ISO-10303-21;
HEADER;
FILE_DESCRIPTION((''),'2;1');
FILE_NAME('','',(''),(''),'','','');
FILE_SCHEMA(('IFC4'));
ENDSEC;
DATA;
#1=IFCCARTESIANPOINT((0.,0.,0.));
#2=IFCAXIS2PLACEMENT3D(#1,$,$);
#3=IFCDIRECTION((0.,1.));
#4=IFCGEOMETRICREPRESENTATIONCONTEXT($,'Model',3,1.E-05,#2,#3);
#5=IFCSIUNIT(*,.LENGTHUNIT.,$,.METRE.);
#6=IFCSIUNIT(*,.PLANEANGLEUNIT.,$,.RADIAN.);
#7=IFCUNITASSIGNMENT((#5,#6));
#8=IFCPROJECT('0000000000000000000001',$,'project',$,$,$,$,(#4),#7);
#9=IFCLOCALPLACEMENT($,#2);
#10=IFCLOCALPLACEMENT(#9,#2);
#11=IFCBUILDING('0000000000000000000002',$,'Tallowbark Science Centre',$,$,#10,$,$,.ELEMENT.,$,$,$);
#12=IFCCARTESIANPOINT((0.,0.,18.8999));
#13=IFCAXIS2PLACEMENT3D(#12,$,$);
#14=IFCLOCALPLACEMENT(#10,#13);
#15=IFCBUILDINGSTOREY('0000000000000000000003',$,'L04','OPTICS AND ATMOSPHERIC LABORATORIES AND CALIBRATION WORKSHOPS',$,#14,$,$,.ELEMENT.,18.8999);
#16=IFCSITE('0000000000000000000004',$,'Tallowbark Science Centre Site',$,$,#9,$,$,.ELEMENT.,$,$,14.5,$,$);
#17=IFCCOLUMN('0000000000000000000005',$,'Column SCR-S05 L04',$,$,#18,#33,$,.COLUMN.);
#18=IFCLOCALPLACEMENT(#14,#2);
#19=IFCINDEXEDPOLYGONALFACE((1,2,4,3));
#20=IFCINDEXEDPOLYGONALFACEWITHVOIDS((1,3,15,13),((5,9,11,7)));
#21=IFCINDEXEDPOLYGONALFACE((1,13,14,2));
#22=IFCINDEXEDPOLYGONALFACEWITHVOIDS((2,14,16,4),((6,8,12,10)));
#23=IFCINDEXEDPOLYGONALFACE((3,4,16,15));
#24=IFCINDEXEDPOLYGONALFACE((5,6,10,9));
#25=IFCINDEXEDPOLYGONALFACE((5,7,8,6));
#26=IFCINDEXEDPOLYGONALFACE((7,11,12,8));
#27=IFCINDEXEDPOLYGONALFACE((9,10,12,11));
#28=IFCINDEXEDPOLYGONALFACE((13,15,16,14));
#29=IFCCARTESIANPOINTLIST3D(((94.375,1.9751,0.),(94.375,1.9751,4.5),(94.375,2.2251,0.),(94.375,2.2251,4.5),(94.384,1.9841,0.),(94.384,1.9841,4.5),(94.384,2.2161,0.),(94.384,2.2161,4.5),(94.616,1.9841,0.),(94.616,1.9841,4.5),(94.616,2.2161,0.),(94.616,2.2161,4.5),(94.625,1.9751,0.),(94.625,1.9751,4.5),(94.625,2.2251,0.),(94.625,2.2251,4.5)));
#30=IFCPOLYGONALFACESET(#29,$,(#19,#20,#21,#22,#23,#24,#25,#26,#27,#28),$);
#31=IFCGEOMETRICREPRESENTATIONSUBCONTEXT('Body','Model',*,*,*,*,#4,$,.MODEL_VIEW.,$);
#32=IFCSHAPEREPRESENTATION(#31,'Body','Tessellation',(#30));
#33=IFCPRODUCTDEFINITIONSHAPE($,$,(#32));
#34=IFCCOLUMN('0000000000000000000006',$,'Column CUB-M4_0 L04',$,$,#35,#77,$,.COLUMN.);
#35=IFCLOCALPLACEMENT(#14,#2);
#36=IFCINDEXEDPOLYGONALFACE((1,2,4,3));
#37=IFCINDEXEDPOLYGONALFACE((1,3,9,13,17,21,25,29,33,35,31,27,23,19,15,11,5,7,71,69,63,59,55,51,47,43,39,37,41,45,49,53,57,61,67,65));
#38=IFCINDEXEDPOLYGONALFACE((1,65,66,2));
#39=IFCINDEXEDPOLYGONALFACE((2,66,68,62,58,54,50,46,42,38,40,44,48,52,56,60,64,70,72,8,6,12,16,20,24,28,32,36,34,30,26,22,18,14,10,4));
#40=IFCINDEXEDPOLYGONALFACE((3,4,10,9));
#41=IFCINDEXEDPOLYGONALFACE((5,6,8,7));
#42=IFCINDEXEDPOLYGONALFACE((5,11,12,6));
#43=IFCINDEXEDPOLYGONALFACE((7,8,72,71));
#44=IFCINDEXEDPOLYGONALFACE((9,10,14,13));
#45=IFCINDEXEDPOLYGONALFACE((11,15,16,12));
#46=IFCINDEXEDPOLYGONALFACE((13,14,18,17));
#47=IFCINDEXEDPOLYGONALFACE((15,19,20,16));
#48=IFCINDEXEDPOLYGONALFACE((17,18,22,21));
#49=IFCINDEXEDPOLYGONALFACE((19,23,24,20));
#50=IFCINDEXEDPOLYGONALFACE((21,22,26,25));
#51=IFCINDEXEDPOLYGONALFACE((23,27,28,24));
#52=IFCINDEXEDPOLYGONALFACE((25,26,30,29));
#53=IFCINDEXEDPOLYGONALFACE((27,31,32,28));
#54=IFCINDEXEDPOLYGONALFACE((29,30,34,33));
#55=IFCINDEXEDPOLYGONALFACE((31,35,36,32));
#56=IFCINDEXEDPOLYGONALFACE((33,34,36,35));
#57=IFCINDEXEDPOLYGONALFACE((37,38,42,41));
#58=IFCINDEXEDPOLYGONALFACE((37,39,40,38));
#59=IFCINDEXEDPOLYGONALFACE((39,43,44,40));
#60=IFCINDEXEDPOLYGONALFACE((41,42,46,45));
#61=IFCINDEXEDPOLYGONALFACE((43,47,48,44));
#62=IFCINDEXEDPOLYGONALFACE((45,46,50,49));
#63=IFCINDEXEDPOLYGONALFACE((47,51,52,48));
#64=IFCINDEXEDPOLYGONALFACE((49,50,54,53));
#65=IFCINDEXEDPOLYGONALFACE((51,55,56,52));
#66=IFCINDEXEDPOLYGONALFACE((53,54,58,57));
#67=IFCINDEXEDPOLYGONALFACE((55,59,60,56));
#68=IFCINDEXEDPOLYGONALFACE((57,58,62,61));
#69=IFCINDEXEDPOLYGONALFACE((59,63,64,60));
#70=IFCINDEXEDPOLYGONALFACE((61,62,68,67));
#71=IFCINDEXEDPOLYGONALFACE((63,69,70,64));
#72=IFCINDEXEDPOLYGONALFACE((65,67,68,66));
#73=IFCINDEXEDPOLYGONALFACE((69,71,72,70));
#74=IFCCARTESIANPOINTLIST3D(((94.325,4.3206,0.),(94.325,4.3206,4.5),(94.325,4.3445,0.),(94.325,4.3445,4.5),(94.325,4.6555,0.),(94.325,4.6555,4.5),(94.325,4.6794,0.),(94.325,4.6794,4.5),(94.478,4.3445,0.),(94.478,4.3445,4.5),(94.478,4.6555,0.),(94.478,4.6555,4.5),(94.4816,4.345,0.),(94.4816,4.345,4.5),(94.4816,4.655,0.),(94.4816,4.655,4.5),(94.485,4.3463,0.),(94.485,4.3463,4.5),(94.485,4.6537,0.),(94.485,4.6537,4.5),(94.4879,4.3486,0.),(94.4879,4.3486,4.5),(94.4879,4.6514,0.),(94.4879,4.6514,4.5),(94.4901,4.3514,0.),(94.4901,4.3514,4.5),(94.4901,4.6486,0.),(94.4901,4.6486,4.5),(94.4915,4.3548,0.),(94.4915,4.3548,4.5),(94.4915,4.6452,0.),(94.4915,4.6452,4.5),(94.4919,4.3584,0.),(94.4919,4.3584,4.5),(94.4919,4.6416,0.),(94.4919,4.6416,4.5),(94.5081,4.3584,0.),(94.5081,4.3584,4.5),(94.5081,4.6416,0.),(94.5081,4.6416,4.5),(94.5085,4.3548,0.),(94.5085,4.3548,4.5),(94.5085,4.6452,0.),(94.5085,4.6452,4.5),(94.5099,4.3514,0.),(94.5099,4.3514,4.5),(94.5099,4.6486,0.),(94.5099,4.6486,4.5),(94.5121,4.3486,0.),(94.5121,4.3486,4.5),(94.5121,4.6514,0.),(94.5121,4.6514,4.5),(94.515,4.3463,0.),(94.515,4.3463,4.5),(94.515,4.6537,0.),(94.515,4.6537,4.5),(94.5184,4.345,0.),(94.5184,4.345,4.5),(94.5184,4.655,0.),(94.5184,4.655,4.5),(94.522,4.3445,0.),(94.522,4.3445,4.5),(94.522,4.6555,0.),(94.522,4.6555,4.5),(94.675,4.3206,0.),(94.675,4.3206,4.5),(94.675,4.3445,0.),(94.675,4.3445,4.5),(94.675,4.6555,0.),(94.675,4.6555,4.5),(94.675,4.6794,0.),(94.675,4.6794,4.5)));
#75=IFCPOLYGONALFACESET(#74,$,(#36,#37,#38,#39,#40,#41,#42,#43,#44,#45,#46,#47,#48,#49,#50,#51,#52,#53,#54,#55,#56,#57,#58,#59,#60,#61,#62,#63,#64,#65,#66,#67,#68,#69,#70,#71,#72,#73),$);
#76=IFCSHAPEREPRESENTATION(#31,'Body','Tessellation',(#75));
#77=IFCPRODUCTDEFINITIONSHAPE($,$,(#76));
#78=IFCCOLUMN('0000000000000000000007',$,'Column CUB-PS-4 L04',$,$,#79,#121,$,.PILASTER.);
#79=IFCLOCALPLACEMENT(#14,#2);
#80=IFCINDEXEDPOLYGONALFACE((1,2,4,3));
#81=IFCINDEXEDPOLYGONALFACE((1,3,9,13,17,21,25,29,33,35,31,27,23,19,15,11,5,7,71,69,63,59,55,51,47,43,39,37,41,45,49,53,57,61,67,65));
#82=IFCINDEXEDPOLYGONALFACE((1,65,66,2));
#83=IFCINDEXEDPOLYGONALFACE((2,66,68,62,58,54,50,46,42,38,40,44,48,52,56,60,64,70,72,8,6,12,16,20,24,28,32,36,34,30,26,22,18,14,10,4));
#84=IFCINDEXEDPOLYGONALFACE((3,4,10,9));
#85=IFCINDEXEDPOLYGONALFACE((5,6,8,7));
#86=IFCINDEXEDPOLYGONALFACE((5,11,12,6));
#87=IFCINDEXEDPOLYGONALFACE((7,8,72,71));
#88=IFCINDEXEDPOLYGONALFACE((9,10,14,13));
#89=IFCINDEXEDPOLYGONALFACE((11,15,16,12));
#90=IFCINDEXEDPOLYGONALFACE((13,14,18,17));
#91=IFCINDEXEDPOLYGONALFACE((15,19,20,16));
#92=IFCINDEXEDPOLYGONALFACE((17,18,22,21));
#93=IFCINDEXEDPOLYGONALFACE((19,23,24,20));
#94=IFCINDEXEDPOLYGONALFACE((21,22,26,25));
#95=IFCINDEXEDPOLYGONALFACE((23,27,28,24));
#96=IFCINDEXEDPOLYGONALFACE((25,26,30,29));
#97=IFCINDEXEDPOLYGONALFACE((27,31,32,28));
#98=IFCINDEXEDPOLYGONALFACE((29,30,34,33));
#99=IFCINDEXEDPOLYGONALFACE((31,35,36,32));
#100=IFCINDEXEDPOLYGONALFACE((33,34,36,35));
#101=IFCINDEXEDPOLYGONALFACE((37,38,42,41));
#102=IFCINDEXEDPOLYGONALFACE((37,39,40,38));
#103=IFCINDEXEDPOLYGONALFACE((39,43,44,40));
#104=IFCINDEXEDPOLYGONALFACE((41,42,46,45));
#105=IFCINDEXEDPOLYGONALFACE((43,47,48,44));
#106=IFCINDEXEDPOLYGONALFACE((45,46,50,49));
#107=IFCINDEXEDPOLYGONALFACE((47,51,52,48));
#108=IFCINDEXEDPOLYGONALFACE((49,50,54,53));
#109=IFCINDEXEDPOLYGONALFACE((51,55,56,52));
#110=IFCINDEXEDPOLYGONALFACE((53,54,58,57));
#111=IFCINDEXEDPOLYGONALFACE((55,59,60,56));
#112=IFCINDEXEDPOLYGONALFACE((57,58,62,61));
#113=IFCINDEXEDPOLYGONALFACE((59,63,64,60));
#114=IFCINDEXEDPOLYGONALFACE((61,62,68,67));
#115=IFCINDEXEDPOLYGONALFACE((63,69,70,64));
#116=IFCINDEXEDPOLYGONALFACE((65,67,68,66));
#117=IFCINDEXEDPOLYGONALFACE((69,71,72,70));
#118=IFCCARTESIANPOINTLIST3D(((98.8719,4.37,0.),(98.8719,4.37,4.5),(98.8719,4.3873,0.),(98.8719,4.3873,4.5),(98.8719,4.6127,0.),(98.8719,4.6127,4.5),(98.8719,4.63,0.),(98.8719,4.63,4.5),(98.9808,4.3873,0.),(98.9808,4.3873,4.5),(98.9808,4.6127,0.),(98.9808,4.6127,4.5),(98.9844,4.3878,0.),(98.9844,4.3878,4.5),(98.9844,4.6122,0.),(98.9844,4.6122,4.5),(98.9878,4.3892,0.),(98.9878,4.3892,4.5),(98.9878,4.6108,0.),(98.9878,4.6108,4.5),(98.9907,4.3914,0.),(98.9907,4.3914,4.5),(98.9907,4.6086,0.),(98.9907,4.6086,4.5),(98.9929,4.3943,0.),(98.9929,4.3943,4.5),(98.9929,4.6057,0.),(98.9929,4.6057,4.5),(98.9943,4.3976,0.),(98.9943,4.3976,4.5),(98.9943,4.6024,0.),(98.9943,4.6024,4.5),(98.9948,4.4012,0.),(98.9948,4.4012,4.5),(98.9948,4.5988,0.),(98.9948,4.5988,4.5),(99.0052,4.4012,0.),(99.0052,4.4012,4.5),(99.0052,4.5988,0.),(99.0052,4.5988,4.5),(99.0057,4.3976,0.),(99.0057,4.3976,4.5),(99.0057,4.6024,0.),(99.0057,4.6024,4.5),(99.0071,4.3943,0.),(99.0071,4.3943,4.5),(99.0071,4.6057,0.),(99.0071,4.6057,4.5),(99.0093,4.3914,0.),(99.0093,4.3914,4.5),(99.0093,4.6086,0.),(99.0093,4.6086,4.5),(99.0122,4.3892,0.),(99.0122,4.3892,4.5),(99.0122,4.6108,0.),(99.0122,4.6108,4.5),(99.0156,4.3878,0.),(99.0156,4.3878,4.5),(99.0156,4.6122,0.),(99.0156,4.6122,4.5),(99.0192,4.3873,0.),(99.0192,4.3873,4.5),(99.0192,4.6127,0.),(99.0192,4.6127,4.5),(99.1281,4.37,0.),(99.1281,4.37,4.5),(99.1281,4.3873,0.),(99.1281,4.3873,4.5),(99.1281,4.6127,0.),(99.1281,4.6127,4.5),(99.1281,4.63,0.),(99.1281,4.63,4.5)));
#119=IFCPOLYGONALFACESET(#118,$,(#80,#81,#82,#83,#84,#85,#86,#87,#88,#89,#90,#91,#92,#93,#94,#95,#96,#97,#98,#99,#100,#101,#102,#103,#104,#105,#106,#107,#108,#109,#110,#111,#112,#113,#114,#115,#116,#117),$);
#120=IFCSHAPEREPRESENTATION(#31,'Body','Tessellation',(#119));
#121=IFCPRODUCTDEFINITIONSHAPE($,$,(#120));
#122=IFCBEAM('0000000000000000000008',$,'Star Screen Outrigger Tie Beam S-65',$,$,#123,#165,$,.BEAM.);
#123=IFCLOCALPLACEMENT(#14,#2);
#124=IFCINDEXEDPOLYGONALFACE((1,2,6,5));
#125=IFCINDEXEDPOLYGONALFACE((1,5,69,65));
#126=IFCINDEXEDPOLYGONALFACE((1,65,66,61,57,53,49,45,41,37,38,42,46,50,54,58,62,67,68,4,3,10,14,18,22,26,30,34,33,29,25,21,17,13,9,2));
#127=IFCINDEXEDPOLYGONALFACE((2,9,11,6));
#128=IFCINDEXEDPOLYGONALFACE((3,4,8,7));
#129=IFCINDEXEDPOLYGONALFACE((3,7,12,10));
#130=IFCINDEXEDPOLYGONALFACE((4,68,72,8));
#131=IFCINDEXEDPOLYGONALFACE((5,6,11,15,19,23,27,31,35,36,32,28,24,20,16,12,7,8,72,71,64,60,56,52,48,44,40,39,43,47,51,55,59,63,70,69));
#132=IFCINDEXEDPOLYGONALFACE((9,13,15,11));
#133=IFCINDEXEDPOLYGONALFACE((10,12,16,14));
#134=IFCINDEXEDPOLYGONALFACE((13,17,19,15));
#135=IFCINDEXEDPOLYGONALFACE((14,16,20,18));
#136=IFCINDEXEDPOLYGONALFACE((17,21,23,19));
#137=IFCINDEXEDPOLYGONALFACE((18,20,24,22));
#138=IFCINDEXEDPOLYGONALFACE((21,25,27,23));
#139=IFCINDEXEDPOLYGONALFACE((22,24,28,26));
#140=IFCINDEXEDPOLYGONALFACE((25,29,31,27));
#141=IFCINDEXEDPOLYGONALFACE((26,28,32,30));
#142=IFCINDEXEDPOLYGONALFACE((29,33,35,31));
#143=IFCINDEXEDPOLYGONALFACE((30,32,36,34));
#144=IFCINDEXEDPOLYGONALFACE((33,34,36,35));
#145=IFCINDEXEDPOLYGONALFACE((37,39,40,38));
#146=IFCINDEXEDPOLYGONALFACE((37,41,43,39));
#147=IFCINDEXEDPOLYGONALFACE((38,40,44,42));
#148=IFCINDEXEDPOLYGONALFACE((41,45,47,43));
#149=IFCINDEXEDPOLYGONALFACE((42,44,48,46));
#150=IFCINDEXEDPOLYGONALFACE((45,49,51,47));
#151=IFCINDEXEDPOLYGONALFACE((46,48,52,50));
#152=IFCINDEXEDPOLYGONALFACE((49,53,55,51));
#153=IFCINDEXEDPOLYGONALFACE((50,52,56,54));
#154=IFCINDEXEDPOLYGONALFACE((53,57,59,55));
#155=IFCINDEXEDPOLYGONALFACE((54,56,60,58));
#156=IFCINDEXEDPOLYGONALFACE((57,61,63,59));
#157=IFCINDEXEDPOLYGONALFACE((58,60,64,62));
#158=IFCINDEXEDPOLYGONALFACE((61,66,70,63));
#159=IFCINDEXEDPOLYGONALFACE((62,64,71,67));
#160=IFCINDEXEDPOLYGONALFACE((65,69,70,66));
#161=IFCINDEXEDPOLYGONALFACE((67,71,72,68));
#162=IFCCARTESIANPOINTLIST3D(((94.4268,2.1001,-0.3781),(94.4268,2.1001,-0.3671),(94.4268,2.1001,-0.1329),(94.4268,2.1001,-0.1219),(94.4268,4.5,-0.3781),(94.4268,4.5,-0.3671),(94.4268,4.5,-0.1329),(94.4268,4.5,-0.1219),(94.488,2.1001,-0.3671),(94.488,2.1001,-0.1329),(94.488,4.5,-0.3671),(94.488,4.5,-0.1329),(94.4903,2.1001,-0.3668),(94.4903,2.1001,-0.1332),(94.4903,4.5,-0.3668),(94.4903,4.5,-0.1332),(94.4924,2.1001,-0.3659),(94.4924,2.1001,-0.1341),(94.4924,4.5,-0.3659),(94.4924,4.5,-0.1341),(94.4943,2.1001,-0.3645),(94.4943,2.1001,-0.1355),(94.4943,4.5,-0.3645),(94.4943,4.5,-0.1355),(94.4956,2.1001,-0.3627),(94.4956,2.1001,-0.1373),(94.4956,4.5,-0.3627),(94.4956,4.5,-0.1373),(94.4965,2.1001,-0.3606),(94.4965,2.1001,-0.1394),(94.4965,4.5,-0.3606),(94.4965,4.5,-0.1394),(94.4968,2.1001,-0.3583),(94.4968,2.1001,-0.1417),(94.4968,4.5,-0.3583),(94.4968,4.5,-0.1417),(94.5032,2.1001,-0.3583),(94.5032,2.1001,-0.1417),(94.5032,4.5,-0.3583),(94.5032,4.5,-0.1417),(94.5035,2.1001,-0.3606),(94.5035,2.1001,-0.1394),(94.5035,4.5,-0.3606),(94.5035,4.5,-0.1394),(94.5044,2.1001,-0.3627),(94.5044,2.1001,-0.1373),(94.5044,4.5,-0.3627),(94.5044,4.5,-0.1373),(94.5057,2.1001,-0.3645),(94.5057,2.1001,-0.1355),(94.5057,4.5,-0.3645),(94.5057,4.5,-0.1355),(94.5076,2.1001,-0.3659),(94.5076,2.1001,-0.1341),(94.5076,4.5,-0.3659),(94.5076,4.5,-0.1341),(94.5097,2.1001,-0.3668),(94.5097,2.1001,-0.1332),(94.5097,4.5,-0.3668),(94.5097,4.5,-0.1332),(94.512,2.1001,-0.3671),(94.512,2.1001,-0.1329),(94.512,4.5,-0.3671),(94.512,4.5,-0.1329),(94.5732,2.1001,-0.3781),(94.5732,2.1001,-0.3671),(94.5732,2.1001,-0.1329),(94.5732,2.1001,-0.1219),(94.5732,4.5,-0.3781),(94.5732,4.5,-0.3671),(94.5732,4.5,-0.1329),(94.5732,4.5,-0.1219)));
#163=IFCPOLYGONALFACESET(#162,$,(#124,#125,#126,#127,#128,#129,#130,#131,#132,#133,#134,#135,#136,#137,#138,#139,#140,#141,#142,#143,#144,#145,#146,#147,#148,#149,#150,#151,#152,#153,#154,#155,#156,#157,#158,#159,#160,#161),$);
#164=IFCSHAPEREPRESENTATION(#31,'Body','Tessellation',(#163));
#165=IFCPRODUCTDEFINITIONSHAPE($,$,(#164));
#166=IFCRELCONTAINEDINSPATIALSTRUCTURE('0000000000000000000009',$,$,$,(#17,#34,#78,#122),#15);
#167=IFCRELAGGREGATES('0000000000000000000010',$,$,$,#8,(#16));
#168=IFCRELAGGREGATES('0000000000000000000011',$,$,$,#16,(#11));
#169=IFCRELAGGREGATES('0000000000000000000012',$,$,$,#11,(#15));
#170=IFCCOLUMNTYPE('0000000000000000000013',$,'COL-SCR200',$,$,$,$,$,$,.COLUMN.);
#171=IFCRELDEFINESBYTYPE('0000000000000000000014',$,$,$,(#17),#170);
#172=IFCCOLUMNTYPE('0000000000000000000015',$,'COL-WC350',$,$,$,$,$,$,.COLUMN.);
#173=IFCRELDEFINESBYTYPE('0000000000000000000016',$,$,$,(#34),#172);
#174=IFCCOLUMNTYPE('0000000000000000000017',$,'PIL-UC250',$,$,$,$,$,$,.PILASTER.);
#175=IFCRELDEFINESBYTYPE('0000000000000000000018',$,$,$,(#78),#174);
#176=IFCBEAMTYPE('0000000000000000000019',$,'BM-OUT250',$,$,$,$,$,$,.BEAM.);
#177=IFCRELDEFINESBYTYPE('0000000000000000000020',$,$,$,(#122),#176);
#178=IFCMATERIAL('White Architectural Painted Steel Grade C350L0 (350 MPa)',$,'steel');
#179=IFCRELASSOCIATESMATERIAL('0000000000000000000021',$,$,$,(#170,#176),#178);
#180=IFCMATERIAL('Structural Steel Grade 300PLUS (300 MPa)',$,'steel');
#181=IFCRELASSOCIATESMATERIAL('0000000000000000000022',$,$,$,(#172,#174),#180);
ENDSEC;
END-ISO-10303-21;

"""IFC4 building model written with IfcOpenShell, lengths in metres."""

from ifc_helpers import new_model, si_unit, direction, frame, origin, origin_2d, place, context, subcontext, project, spatial, hollow_rectangle, i_section, extrude, material, material_profile, profile_set, type_object, element, save


model = new_model("IFC4")

# Units and contexts
model_context = context("Model", 3, precision=1e-05, world=origin(), true_north=direction((0.0, 1.0)))
body_context = subcontext(model_context, "Body", "Model", "MODEL_VIEW")
ifc_project = project(units=[si_unit("LENGTHUNIT", "METRE"), si_unit("PLANEANGLEUNIT", "RADIAN")], contexts=[model_context])

# Site, building, storey
site_placement = place(None, origin())
site = spatial("IfcSite", under=ifc_project, at=site_placement, Name="Tallowbark Science Centre Site", CompositionType="ELEMENT", RefElevation=14.5)
building_placement = place(site_placement, origin())
building = spatial("IfcBuilding", under=site, at=building_placement, Name="Tallowbark Science Centre", CompositionType="ELEMENT")
storey_placement = place(building_placement, frame((0.0, 0.0, 18.8999)))
storey = spatial("IfcBuildingStorey", under=building, at=storey_placement, Name="L04", Description="OPTICS AND ATMOSPHERIC LABORATORIES AND CALIBRATION WORKSHOPS", CompositionType="ELEMENT", Elevation=18.8999)

# Columns
ifc_material_1 = material(Name="White Architectural Painted Steel Grade C350L0 (350 MPa)", Category="steel")
ifc_material_profile_1 = material_profile(ifc_material_1, hollow_rectangle(XDim=0.25, YDim=0.25, WallThickness=0.009, at=origin_2d()), Name="250x250x9.0SHS")
ifc_profile_set_1 = profile_set([ifc_material_profile_1], Name="White Architectural Painted Steel Grade C350L0 (350 MPa)")
column_type_1 = type_object("IfcColumnType", Name="COL-SCR200", PredefinedType="COLUMN", material=ifc_profile_set_1)
column_1_placement = place(storey_placement, frame((94.5, 2.1001, 0.0), z_axis=(0.0, 0.0, 1.0), x_axis=(1.0, 0.0, 0.0)))
element("IfcColumn", 1, at=column_1_placement, inside=storey, type_object=column_type_1, Name="Column SCR-S05 L04", PredefinedType="COLUMN", context=body_context, shape_type="SweptSolid", body=[
    extrude(hollow_rectangle(XDim=0.25, YDim=0.25, WallThickness=0.009, at=origin_2d()), origin(), (0.0, 0.0, 1.0), 4.5),
])
ifc_material_2 = material(Name="Structural Steel Grade 300PLUS (300 MPa)", Category="steel")
ifc_material_profile_2 = material_profile(ifc_material_2, i_section(OverallWidth=0.3501, OverallDepth=0.3589, WebThickness=0.0161, FlangeThickness=0.0239, FilletRadius=0.0139, at=origin_2d()), Name="350WC197")
ifc_profile_set_2 = profile_set([ifc_material_profile_2], Name="Structural Steel Grade 300PLUS (300 MPa)")
column_type_2 = type_object("IfcColumnType", Name="COL-WC350", PredefinedType="COLUMN", material=ifc_profile_set_2)
column_2_placement = place(storey_placement, frame((94.5, 4.5, 0.0), z_axis=(0.0, 0.0, 1.0), x_axis=(1.0, 0.0, 0.0)))
element("IfcColumn", 2, at=column_2_placement, inside=storey, type_object=column_type_2, Name="Column CUB-M4_0 L04", PredefinedType="COLUMN", context=body_context, shape_type="SweptSolid", body=[
    extrude(i_section(OverallWidth=0.3501, OverallDepth=0.3589, WebThickness=0.0161, FlangeThickness=0.0239, FilletRadius=0.0139, at=origin_2d()), origin(), (0.0, 0.0, 1.0), 4.5),
])
ifc_material_profile_3 = material_profile(ifc_material_2, i_section(OverallWidth=0.2561, OverallDepth=0.26, WebThickness=0.0105, FlangeThickness=0.0173, FilletRadius=0.0139, at=origin_2d()), Name="250UC89.5")
ifc_profile_set_3 = profile_set([ifc_material_profile_3], Name="Structural Steel Grade 300PLUS (300 MPa)")
column_type_3 = type_object("IfcColumnType", Name="PIL-UC250", PredefinedType="PILASTER", material=ifc_profile_set_3)
column_3_placement = place(storey_placement, frame((99.0, 4.5, 0.0), z_axis=(0.0, 0.0, 1.0), x_axis=(1.0, 0.0, 0.0)))
element("IfcColumn", 3, at=column_3_placement, inside=storey, type_object=column_type_3, Name="Column CUB-PS-4 L04", PredefinedType="PILASTER", context=body_context, shape_type="SweptSolid", body=[
    extrude(i_section(OverallWidth=0.2561, OverallDepth=0.26, WebThickness=0.0105, FlangeThickness=0.0173, FilletRadius=0.0139, at=origin_2d()), origin(), (0.0, 0.0, 1.0), 4.5),
])

# Beam
ifc_material_profile_4 = material_profile(ifc_material_1, i_section(OverallWidth=0.1465, OverallDepth=0.2561, WebThickness=0.0063, FlangeThickness=0.011, FilletRadius=0.0088, at=origin_2d()), Name="250UB37.3")
ifc_profile_set_4 = profile_set([ifc_material_profile_4], Name="White Architectural Painted Steel Grade C350L0 (350 MPa)")
beam_type_1 = type_object("IfcBeamType", Name="BM-OUT250", PredefinedType="BEAM", material=ifc_profile_set_4)
beam_1_placement = place(storey_placement, frame((94.5, 4.5, -0.25), z_axis=(0.0, -1.0, 0.0), x_axis=(1.0, 0.0, 0.0)))
element("IfcBeam", 4, at=beam_1_placement, inside=storey, type_object=beam_type_1, Name="Star Screen Outrigger Tie Beam S-65", PredefinedType="BEAM", context=body_context, shape_type="SweptSolid", body=[
    extrude(i_section(OverallWidth=0.1465, OverallDepth=0.2561, WebThickness=0.0063, FlangeThickness=0.011, FilletRadius=0.0088, at=origin_2d()), origin(), (0.0, 0.0, 1.0), 2.3999),
])

save(model, "model.ifc")
